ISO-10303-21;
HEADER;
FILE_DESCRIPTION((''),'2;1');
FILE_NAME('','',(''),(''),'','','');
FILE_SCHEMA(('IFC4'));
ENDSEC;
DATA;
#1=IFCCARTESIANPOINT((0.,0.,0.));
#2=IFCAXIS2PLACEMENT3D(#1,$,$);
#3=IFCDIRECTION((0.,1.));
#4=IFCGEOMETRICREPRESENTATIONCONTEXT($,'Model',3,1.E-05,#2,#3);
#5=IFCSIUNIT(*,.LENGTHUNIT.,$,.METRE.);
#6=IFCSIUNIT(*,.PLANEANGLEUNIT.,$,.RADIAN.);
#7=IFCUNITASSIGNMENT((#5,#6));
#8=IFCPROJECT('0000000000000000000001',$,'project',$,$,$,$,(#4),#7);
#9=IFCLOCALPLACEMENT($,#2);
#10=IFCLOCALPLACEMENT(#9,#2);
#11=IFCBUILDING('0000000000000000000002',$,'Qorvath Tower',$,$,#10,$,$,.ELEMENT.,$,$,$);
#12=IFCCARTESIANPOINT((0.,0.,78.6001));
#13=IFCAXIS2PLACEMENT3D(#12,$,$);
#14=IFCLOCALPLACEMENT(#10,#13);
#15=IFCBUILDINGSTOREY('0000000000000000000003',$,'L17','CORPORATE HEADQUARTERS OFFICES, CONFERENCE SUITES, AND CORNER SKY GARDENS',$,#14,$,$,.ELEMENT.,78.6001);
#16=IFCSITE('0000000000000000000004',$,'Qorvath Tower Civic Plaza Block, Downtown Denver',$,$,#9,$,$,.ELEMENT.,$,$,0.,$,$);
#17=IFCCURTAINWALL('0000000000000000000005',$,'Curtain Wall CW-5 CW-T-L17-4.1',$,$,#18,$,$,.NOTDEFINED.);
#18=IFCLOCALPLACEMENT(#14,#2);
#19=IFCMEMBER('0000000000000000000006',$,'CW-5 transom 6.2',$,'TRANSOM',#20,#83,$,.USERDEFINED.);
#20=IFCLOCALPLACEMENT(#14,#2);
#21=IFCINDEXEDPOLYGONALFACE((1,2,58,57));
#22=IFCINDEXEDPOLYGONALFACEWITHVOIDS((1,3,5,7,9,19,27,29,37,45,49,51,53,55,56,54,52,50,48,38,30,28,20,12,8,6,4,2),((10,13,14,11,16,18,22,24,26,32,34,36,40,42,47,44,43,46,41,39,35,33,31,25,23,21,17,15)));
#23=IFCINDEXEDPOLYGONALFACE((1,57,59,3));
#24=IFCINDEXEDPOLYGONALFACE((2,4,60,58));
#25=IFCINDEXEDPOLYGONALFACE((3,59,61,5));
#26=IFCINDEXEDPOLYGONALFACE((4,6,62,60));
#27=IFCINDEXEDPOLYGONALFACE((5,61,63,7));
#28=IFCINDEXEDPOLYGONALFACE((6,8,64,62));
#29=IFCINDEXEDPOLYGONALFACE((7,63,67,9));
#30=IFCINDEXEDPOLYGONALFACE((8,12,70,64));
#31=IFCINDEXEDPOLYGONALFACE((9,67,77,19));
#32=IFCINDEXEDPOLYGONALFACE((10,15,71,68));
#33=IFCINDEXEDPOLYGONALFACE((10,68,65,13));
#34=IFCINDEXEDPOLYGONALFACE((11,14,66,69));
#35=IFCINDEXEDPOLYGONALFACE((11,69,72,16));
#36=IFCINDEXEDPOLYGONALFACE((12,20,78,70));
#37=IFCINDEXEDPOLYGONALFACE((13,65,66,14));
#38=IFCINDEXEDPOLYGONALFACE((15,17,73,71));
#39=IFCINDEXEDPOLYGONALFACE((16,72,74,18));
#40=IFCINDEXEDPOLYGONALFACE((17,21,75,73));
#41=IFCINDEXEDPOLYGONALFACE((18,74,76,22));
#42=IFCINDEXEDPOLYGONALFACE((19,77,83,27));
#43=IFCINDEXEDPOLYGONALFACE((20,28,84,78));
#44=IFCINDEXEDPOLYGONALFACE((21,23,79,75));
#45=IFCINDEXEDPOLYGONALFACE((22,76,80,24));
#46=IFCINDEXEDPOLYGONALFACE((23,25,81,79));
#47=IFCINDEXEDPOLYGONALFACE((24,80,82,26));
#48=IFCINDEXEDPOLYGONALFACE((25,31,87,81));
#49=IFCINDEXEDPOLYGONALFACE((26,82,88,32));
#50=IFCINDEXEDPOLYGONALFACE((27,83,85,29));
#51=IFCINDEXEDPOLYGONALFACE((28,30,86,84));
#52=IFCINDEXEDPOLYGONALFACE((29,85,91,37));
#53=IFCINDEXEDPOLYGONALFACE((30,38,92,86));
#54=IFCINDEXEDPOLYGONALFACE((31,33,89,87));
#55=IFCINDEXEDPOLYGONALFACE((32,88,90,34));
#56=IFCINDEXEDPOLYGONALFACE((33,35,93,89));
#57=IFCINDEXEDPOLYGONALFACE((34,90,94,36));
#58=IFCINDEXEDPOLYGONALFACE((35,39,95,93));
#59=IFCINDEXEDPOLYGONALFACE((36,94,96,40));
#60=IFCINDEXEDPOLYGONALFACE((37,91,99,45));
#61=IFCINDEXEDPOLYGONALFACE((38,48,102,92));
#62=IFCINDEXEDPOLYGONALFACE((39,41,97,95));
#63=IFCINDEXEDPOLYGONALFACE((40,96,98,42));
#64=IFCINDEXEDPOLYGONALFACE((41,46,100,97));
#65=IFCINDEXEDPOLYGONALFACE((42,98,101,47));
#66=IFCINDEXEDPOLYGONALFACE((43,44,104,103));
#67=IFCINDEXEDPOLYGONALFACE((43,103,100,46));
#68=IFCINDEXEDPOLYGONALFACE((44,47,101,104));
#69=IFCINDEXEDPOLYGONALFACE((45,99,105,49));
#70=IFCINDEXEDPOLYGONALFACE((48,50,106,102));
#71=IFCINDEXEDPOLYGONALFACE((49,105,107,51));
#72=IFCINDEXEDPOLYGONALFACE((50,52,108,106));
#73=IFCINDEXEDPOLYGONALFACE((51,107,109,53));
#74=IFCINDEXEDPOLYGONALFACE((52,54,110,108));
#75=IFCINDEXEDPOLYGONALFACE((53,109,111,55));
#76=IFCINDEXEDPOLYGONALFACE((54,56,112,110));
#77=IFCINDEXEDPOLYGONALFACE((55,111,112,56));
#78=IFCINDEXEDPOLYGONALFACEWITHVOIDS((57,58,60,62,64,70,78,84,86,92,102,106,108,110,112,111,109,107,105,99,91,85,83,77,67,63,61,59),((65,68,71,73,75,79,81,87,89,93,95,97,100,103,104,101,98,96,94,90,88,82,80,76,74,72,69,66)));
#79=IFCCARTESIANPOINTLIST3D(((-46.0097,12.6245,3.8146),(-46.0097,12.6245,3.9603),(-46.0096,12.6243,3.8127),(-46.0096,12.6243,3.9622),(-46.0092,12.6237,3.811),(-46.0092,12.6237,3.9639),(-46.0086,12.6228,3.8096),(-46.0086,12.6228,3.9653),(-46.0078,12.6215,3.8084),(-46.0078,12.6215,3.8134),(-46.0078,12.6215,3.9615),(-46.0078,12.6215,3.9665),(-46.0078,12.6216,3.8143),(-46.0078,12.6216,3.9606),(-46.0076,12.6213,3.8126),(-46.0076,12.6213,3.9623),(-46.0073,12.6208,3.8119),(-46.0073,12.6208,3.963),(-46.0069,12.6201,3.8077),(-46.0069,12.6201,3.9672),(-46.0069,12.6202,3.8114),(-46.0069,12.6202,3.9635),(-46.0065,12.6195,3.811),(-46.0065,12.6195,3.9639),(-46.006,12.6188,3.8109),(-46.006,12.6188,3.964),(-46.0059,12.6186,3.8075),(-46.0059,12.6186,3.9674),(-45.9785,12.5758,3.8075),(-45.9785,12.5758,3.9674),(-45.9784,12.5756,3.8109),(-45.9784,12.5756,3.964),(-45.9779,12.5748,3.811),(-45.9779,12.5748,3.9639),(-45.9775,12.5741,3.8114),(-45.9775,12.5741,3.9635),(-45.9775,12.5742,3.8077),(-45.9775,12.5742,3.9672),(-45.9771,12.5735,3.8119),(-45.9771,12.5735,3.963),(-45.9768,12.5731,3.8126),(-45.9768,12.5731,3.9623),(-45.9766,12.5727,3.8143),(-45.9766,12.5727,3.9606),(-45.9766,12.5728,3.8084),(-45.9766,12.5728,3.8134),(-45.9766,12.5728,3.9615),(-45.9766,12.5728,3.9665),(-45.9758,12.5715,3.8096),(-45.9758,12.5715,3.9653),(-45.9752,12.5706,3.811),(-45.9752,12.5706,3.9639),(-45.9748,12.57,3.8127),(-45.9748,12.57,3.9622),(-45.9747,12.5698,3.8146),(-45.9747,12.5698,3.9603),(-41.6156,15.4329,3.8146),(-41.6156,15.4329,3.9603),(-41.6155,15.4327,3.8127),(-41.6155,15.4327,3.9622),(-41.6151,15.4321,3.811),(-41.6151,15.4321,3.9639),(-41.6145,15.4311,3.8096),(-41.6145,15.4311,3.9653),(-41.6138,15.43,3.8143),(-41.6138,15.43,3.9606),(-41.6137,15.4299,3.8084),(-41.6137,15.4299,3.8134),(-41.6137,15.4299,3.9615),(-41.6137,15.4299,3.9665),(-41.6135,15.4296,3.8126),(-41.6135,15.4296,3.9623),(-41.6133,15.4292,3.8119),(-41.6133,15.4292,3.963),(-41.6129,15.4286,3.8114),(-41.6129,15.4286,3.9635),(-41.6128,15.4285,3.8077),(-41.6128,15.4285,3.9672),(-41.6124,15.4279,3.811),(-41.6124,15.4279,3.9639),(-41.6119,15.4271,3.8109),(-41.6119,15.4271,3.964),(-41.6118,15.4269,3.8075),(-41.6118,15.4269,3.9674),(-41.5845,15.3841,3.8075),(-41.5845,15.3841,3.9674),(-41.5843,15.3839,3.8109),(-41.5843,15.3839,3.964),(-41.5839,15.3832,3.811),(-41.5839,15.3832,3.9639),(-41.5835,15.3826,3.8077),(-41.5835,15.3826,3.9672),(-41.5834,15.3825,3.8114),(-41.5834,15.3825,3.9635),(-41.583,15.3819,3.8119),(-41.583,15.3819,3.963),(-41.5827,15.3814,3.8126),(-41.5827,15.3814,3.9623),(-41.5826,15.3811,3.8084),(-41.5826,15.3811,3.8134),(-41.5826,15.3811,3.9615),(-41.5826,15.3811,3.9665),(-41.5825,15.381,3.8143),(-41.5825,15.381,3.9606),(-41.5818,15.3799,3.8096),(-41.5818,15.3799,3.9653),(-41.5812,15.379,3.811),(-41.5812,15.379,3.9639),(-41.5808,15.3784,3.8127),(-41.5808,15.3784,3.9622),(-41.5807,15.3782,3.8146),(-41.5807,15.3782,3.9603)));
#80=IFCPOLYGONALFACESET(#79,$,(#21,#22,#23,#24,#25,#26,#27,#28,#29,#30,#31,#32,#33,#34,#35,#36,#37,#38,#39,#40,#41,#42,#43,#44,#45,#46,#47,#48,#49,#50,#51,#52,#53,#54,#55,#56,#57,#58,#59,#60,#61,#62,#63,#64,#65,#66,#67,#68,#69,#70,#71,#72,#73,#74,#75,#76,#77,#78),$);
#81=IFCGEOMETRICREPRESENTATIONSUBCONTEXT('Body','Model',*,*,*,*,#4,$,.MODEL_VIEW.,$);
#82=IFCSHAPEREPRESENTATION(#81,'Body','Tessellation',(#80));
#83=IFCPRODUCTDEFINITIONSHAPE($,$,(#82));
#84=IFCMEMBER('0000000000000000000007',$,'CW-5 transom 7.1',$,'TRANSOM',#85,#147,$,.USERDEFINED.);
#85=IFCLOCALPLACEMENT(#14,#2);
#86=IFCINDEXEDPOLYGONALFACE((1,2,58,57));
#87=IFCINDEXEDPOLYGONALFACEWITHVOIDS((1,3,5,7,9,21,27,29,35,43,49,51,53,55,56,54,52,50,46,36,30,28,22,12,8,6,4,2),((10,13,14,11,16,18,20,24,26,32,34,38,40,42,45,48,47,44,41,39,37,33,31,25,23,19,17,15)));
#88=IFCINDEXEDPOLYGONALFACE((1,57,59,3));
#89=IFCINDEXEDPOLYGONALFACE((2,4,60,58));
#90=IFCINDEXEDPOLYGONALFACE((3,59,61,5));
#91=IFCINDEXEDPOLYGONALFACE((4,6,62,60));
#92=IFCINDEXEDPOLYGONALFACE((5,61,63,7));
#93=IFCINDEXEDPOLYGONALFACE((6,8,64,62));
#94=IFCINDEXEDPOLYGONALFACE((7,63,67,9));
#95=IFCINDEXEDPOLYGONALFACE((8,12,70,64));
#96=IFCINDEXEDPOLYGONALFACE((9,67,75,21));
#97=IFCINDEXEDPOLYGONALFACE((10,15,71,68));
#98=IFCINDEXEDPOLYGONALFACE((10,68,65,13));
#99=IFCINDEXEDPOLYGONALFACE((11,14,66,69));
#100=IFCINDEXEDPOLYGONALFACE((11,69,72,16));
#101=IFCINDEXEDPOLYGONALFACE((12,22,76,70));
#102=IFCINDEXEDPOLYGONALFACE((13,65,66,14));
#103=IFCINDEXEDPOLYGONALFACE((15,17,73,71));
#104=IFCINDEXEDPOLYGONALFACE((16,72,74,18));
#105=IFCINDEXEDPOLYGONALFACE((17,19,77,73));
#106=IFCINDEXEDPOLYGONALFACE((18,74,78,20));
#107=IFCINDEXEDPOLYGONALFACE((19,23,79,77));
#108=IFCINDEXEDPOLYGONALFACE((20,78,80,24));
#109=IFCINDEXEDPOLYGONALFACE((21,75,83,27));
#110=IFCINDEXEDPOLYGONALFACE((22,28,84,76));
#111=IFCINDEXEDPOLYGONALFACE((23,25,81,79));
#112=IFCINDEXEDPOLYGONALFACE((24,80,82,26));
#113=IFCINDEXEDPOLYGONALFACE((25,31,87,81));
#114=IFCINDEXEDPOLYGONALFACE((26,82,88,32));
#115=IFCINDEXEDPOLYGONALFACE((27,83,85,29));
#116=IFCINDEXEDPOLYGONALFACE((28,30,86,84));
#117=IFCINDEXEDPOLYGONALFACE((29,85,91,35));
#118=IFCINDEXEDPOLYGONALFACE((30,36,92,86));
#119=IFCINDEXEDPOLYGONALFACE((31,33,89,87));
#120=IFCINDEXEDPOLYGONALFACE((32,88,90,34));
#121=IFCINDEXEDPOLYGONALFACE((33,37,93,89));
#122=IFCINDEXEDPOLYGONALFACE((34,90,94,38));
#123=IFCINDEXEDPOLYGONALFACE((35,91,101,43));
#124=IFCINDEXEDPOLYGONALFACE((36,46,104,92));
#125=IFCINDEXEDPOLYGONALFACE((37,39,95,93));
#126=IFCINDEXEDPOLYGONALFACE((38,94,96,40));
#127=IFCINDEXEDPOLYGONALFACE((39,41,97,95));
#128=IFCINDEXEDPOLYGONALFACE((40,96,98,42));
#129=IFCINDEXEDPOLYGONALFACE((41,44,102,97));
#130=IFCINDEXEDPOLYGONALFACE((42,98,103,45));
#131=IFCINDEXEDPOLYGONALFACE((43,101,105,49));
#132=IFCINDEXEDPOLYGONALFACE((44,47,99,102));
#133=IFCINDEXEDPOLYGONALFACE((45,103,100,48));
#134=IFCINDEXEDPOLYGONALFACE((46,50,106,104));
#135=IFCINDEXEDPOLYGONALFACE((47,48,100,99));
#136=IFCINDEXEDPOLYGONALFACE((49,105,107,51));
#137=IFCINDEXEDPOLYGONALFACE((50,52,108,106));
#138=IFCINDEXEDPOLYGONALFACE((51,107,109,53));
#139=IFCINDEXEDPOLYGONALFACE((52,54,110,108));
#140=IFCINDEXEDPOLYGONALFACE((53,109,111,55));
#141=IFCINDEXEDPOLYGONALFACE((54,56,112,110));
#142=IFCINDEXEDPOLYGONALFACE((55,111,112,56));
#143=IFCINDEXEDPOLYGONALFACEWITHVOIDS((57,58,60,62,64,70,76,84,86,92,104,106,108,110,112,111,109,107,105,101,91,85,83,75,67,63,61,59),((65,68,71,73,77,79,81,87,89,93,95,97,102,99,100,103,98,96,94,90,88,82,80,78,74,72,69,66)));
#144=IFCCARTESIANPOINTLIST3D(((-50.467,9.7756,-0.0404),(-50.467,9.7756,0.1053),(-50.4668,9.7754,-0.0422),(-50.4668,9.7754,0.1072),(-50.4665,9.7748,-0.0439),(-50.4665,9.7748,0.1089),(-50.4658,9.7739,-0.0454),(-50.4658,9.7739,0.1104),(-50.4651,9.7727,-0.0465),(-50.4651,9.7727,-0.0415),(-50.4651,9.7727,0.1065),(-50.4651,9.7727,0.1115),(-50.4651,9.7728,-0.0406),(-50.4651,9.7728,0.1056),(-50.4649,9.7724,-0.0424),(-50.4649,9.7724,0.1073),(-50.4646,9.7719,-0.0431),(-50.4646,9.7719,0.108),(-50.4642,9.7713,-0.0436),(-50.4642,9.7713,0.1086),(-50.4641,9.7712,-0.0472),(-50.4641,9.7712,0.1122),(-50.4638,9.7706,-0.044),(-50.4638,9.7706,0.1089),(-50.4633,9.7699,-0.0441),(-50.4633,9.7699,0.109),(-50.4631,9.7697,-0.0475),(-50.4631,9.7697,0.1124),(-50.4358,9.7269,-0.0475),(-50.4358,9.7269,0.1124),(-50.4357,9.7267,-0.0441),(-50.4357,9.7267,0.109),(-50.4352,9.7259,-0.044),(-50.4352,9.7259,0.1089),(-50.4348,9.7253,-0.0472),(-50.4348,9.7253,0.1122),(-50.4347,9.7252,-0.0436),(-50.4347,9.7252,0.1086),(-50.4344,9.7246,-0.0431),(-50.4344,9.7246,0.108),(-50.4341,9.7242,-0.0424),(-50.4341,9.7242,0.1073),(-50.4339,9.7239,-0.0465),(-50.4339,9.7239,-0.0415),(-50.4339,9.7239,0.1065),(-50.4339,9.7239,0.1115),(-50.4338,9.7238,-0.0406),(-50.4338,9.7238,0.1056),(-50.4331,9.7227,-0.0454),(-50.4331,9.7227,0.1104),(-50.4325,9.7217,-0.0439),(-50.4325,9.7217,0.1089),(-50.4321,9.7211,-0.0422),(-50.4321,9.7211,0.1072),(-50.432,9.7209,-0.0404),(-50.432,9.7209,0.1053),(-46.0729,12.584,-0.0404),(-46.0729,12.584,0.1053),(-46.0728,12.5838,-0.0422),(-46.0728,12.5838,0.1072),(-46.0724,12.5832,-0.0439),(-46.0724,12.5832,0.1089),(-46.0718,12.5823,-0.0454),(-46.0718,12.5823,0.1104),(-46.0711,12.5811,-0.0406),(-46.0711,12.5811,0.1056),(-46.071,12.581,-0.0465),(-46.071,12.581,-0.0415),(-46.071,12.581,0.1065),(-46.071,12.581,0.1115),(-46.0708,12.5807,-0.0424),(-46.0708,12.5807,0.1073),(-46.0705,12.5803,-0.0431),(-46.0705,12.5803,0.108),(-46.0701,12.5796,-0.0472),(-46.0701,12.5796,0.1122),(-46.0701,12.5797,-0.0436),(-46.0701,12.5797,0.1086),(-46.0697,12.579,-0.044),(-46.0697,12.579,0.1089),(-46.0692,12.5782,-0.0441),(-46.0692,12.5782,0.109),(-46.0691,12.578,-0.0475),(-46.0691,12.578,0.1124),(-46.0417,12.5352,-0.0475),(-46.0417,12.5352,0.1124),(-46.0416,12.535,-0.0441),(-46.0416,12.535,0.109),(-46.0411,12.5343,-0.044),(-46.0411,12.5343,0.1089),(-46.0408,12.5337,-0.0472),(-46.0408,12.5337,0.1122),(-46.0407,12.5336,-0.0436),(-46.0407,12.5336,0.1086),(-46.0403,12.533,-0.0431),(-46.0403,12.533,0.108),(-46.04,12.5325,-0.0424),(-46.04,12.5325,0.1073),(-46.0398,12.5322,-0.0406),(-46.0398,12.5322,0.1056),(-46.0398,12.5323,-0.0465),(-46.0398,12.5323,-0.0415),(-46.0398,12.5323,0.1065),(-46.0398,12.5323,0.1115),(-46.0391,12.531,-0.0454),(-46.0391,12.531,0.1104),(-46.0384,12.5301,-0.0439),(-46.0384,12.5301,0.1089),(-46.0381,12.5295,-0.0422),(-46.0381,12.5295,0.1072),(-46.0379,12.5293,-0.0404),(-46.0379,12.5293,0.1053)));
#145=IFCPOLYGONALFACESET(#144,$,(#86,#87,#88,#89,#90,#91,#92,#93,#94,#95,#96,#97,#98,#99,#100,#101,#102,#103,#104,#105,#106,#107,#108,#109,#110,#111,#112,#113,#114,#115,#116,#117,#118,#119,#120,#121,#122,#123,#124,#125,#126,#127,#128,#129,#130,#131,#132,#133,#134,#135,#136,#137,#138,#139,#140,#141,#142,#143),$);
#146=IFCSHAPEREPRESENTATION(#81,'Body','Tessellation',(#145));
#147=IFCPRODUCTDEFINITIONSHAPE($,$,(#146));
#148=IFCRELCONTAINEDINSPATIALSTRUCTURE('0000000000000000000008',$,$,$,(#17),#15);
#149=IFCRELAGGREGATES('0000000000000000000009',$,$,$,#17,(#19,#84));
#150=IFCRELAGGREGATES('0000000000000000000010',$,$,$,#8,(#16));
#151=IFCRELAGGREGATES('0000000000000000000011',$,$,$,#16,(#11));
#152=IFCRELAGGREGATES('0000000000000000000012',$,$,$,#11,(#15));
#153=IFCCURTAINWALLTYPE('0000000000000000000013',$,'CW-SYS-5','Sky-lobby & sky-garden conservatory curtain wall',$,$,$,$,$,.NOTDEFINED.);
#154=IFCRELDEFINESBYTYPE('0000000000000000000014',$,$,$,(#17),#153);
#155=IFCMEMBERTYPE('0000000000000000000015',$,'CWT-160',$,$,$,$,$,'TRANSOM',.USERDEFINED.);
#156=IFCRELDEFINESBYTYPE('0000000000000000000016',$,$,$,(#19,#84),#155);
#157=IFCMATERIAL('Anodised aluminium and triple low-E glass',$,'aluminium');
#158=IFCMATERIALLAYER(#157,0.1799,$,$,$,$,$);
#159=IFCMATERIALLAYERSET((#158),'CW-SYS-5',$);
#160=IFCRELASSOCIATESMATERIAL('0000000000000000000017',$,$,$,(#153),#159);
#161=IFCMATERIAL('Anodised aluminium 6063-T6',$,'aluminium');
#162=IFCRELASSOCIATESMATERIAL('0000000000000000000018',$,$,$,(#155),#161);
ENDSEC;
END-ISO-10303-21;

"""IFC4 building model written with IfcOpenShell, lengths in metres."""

from ifc_helpers import new_model, si_unit, direction, frame, origin, origin_2d, place, context, subcontext, project, spatial, hollow_rectangle, extrude, material, layer, layer_set, material_profile, profile_set, type_object, element, aggregate, save


model = new_model("IFC4")

# Units and contexts
model_context = context("Model", 3, precision=1e-05, world=origin(), true_north=direction((0.0, 1.0)))
body_context = subcontext(model_context, "Body", "Model", "MODEL_VIEW")
ifc_project = project(units=[si_unit("LENGTHUNIT", "METRE"), si_unit("PLANEANGLEUNIT", "RADIAN")], contexts=[model_context])

# Site, building, storey
site_placement = place(None, origin())
site = spatial("IfcSite", under=ifc_project, at=site_placement, Name="Qorvath Tower Civic Plaza Block, Downtown Denver", CompositionType="ELEMENT", RefElevation=0.0)
building_placement = place(site_placement, origin())
building = spatial("IfcBuilding", under=site, at=building_placement, Name="Qorvath Tower", CompositionType="ELEMENT")
storey_placement = place(building_placement, frame((0.0, 0.0, 78.6001)))
storey = spatial("IfcBuildingStorey", under=building, at=storey_placement, Name="L17", Description="CORPORATE HEADQUARTERS OFFICES, CONFERENCE SUITES, AND CORNER SKY GARDENS", CompositionType="ELEMENT", Elevation=78.6001)

# Curtain wall
ifc_material_1 = material(Name="Anodised aluminium and triple low-E glass", Category="aluminium")
ifc_layer_1 = layer(ifc_material_1, 0.1799)
ifc_layer_set_1 = layer_set([ifc_layer_1], Name="CW-SYS-5")
curtain_wall_type = type_object("IfcCurtainWallType", Name="CW-SYS-5", Description="Sky-lobby & sky-garden conservatory curtain wall", PredefinedType="NOTDEFINED", material=ifc_layer_set_1)
curtain_wall_1_placement = place(storey_placement, origin())
curtain_wall_1 = element("IfcCurtainWall", 1, at=curtain_wall_1_placement, inside=storey, type_object=curtain_wall_type, Name="Curtain Wall CW-5 CW-T-L17-4.1", PredefinedType="NOTDEFINED")

# Members
ifc_material_2 = material(Name="Anodised aluminium 6063-T6", Category="aluminium")
ifc_material_profile_1 = material_profile(ifc_material_2, hollow_rectangle(XDim=0.0649, YDim=0.1599, WallThickness=0.0034, InnerFilletRadius=0.0034, OuterFilletRadius=0.0071, at=origin_2d()), Name="CWT 160x65")
ifc_profile_set_1 = profile_set([ifc_material_profile_1], Name="Anodised aluminium 6063-T6")
member_type_1 = type_object("IfcMemberType", Name="CWT-160", ElementType="TRANSOM", PredefinedType="USERDEFINED", material=ifc_profile_set_1)
member_1_placement = place(storey_placement, frame((-41.5981, 15.4055, 3.8875), z_axis=(-0.842605, -0.538531, 0.0), x_axis=(0.538531, -0.842605, 0.0)))
member_1 = element("IfcMember", 2, at=member_1_placement, type_object=member_type_1, Name="CW-5 transom 6.2", ObjectType="TRANSOM", PredefinedType="USERDEFINED", context=body_context, shape_type="SweptSolid", body=[
    extrude(hollow_rectangle(XDim=0.0649, YDim=0.1599, WallThickness=0.0034, InnerFilletRadius=0.0034, OuterFilletRadius=0.0071, at=origin_2d()), origin(), (0.0, 0.0, 1.0), 5.2148),
])
member_2_placement = place(storey_placement, frame((-46.0554, 12.5566, 0.0325), z_axis=(-0.842605, -0.538531, 0.0), x_axis=(0.538531, -0.842605, 0.0)))
member_2 = element("IfcMember", 3, at=member_2_placement, type_object=member_type_1, Name="CW-5 transom 7.1", ObjectType="TRANSOM", PredefinedType="USERDEFINED", context=body_context, shape_type="SweptSolid", body=[
    extrude(hollow_rectangle(XDim=0.0649, YDim=0.1599, WallThickness=0.0034, InnerFilletRadius=0.0034, OuterFilletRadius=0.0071, at=origin_2d()), origin(), (0.0, 0.0, 1.0), 5.2148),
])

aggregate(curtain_wall_1, [member_1, member_2])

save(model, "model.ifc")
